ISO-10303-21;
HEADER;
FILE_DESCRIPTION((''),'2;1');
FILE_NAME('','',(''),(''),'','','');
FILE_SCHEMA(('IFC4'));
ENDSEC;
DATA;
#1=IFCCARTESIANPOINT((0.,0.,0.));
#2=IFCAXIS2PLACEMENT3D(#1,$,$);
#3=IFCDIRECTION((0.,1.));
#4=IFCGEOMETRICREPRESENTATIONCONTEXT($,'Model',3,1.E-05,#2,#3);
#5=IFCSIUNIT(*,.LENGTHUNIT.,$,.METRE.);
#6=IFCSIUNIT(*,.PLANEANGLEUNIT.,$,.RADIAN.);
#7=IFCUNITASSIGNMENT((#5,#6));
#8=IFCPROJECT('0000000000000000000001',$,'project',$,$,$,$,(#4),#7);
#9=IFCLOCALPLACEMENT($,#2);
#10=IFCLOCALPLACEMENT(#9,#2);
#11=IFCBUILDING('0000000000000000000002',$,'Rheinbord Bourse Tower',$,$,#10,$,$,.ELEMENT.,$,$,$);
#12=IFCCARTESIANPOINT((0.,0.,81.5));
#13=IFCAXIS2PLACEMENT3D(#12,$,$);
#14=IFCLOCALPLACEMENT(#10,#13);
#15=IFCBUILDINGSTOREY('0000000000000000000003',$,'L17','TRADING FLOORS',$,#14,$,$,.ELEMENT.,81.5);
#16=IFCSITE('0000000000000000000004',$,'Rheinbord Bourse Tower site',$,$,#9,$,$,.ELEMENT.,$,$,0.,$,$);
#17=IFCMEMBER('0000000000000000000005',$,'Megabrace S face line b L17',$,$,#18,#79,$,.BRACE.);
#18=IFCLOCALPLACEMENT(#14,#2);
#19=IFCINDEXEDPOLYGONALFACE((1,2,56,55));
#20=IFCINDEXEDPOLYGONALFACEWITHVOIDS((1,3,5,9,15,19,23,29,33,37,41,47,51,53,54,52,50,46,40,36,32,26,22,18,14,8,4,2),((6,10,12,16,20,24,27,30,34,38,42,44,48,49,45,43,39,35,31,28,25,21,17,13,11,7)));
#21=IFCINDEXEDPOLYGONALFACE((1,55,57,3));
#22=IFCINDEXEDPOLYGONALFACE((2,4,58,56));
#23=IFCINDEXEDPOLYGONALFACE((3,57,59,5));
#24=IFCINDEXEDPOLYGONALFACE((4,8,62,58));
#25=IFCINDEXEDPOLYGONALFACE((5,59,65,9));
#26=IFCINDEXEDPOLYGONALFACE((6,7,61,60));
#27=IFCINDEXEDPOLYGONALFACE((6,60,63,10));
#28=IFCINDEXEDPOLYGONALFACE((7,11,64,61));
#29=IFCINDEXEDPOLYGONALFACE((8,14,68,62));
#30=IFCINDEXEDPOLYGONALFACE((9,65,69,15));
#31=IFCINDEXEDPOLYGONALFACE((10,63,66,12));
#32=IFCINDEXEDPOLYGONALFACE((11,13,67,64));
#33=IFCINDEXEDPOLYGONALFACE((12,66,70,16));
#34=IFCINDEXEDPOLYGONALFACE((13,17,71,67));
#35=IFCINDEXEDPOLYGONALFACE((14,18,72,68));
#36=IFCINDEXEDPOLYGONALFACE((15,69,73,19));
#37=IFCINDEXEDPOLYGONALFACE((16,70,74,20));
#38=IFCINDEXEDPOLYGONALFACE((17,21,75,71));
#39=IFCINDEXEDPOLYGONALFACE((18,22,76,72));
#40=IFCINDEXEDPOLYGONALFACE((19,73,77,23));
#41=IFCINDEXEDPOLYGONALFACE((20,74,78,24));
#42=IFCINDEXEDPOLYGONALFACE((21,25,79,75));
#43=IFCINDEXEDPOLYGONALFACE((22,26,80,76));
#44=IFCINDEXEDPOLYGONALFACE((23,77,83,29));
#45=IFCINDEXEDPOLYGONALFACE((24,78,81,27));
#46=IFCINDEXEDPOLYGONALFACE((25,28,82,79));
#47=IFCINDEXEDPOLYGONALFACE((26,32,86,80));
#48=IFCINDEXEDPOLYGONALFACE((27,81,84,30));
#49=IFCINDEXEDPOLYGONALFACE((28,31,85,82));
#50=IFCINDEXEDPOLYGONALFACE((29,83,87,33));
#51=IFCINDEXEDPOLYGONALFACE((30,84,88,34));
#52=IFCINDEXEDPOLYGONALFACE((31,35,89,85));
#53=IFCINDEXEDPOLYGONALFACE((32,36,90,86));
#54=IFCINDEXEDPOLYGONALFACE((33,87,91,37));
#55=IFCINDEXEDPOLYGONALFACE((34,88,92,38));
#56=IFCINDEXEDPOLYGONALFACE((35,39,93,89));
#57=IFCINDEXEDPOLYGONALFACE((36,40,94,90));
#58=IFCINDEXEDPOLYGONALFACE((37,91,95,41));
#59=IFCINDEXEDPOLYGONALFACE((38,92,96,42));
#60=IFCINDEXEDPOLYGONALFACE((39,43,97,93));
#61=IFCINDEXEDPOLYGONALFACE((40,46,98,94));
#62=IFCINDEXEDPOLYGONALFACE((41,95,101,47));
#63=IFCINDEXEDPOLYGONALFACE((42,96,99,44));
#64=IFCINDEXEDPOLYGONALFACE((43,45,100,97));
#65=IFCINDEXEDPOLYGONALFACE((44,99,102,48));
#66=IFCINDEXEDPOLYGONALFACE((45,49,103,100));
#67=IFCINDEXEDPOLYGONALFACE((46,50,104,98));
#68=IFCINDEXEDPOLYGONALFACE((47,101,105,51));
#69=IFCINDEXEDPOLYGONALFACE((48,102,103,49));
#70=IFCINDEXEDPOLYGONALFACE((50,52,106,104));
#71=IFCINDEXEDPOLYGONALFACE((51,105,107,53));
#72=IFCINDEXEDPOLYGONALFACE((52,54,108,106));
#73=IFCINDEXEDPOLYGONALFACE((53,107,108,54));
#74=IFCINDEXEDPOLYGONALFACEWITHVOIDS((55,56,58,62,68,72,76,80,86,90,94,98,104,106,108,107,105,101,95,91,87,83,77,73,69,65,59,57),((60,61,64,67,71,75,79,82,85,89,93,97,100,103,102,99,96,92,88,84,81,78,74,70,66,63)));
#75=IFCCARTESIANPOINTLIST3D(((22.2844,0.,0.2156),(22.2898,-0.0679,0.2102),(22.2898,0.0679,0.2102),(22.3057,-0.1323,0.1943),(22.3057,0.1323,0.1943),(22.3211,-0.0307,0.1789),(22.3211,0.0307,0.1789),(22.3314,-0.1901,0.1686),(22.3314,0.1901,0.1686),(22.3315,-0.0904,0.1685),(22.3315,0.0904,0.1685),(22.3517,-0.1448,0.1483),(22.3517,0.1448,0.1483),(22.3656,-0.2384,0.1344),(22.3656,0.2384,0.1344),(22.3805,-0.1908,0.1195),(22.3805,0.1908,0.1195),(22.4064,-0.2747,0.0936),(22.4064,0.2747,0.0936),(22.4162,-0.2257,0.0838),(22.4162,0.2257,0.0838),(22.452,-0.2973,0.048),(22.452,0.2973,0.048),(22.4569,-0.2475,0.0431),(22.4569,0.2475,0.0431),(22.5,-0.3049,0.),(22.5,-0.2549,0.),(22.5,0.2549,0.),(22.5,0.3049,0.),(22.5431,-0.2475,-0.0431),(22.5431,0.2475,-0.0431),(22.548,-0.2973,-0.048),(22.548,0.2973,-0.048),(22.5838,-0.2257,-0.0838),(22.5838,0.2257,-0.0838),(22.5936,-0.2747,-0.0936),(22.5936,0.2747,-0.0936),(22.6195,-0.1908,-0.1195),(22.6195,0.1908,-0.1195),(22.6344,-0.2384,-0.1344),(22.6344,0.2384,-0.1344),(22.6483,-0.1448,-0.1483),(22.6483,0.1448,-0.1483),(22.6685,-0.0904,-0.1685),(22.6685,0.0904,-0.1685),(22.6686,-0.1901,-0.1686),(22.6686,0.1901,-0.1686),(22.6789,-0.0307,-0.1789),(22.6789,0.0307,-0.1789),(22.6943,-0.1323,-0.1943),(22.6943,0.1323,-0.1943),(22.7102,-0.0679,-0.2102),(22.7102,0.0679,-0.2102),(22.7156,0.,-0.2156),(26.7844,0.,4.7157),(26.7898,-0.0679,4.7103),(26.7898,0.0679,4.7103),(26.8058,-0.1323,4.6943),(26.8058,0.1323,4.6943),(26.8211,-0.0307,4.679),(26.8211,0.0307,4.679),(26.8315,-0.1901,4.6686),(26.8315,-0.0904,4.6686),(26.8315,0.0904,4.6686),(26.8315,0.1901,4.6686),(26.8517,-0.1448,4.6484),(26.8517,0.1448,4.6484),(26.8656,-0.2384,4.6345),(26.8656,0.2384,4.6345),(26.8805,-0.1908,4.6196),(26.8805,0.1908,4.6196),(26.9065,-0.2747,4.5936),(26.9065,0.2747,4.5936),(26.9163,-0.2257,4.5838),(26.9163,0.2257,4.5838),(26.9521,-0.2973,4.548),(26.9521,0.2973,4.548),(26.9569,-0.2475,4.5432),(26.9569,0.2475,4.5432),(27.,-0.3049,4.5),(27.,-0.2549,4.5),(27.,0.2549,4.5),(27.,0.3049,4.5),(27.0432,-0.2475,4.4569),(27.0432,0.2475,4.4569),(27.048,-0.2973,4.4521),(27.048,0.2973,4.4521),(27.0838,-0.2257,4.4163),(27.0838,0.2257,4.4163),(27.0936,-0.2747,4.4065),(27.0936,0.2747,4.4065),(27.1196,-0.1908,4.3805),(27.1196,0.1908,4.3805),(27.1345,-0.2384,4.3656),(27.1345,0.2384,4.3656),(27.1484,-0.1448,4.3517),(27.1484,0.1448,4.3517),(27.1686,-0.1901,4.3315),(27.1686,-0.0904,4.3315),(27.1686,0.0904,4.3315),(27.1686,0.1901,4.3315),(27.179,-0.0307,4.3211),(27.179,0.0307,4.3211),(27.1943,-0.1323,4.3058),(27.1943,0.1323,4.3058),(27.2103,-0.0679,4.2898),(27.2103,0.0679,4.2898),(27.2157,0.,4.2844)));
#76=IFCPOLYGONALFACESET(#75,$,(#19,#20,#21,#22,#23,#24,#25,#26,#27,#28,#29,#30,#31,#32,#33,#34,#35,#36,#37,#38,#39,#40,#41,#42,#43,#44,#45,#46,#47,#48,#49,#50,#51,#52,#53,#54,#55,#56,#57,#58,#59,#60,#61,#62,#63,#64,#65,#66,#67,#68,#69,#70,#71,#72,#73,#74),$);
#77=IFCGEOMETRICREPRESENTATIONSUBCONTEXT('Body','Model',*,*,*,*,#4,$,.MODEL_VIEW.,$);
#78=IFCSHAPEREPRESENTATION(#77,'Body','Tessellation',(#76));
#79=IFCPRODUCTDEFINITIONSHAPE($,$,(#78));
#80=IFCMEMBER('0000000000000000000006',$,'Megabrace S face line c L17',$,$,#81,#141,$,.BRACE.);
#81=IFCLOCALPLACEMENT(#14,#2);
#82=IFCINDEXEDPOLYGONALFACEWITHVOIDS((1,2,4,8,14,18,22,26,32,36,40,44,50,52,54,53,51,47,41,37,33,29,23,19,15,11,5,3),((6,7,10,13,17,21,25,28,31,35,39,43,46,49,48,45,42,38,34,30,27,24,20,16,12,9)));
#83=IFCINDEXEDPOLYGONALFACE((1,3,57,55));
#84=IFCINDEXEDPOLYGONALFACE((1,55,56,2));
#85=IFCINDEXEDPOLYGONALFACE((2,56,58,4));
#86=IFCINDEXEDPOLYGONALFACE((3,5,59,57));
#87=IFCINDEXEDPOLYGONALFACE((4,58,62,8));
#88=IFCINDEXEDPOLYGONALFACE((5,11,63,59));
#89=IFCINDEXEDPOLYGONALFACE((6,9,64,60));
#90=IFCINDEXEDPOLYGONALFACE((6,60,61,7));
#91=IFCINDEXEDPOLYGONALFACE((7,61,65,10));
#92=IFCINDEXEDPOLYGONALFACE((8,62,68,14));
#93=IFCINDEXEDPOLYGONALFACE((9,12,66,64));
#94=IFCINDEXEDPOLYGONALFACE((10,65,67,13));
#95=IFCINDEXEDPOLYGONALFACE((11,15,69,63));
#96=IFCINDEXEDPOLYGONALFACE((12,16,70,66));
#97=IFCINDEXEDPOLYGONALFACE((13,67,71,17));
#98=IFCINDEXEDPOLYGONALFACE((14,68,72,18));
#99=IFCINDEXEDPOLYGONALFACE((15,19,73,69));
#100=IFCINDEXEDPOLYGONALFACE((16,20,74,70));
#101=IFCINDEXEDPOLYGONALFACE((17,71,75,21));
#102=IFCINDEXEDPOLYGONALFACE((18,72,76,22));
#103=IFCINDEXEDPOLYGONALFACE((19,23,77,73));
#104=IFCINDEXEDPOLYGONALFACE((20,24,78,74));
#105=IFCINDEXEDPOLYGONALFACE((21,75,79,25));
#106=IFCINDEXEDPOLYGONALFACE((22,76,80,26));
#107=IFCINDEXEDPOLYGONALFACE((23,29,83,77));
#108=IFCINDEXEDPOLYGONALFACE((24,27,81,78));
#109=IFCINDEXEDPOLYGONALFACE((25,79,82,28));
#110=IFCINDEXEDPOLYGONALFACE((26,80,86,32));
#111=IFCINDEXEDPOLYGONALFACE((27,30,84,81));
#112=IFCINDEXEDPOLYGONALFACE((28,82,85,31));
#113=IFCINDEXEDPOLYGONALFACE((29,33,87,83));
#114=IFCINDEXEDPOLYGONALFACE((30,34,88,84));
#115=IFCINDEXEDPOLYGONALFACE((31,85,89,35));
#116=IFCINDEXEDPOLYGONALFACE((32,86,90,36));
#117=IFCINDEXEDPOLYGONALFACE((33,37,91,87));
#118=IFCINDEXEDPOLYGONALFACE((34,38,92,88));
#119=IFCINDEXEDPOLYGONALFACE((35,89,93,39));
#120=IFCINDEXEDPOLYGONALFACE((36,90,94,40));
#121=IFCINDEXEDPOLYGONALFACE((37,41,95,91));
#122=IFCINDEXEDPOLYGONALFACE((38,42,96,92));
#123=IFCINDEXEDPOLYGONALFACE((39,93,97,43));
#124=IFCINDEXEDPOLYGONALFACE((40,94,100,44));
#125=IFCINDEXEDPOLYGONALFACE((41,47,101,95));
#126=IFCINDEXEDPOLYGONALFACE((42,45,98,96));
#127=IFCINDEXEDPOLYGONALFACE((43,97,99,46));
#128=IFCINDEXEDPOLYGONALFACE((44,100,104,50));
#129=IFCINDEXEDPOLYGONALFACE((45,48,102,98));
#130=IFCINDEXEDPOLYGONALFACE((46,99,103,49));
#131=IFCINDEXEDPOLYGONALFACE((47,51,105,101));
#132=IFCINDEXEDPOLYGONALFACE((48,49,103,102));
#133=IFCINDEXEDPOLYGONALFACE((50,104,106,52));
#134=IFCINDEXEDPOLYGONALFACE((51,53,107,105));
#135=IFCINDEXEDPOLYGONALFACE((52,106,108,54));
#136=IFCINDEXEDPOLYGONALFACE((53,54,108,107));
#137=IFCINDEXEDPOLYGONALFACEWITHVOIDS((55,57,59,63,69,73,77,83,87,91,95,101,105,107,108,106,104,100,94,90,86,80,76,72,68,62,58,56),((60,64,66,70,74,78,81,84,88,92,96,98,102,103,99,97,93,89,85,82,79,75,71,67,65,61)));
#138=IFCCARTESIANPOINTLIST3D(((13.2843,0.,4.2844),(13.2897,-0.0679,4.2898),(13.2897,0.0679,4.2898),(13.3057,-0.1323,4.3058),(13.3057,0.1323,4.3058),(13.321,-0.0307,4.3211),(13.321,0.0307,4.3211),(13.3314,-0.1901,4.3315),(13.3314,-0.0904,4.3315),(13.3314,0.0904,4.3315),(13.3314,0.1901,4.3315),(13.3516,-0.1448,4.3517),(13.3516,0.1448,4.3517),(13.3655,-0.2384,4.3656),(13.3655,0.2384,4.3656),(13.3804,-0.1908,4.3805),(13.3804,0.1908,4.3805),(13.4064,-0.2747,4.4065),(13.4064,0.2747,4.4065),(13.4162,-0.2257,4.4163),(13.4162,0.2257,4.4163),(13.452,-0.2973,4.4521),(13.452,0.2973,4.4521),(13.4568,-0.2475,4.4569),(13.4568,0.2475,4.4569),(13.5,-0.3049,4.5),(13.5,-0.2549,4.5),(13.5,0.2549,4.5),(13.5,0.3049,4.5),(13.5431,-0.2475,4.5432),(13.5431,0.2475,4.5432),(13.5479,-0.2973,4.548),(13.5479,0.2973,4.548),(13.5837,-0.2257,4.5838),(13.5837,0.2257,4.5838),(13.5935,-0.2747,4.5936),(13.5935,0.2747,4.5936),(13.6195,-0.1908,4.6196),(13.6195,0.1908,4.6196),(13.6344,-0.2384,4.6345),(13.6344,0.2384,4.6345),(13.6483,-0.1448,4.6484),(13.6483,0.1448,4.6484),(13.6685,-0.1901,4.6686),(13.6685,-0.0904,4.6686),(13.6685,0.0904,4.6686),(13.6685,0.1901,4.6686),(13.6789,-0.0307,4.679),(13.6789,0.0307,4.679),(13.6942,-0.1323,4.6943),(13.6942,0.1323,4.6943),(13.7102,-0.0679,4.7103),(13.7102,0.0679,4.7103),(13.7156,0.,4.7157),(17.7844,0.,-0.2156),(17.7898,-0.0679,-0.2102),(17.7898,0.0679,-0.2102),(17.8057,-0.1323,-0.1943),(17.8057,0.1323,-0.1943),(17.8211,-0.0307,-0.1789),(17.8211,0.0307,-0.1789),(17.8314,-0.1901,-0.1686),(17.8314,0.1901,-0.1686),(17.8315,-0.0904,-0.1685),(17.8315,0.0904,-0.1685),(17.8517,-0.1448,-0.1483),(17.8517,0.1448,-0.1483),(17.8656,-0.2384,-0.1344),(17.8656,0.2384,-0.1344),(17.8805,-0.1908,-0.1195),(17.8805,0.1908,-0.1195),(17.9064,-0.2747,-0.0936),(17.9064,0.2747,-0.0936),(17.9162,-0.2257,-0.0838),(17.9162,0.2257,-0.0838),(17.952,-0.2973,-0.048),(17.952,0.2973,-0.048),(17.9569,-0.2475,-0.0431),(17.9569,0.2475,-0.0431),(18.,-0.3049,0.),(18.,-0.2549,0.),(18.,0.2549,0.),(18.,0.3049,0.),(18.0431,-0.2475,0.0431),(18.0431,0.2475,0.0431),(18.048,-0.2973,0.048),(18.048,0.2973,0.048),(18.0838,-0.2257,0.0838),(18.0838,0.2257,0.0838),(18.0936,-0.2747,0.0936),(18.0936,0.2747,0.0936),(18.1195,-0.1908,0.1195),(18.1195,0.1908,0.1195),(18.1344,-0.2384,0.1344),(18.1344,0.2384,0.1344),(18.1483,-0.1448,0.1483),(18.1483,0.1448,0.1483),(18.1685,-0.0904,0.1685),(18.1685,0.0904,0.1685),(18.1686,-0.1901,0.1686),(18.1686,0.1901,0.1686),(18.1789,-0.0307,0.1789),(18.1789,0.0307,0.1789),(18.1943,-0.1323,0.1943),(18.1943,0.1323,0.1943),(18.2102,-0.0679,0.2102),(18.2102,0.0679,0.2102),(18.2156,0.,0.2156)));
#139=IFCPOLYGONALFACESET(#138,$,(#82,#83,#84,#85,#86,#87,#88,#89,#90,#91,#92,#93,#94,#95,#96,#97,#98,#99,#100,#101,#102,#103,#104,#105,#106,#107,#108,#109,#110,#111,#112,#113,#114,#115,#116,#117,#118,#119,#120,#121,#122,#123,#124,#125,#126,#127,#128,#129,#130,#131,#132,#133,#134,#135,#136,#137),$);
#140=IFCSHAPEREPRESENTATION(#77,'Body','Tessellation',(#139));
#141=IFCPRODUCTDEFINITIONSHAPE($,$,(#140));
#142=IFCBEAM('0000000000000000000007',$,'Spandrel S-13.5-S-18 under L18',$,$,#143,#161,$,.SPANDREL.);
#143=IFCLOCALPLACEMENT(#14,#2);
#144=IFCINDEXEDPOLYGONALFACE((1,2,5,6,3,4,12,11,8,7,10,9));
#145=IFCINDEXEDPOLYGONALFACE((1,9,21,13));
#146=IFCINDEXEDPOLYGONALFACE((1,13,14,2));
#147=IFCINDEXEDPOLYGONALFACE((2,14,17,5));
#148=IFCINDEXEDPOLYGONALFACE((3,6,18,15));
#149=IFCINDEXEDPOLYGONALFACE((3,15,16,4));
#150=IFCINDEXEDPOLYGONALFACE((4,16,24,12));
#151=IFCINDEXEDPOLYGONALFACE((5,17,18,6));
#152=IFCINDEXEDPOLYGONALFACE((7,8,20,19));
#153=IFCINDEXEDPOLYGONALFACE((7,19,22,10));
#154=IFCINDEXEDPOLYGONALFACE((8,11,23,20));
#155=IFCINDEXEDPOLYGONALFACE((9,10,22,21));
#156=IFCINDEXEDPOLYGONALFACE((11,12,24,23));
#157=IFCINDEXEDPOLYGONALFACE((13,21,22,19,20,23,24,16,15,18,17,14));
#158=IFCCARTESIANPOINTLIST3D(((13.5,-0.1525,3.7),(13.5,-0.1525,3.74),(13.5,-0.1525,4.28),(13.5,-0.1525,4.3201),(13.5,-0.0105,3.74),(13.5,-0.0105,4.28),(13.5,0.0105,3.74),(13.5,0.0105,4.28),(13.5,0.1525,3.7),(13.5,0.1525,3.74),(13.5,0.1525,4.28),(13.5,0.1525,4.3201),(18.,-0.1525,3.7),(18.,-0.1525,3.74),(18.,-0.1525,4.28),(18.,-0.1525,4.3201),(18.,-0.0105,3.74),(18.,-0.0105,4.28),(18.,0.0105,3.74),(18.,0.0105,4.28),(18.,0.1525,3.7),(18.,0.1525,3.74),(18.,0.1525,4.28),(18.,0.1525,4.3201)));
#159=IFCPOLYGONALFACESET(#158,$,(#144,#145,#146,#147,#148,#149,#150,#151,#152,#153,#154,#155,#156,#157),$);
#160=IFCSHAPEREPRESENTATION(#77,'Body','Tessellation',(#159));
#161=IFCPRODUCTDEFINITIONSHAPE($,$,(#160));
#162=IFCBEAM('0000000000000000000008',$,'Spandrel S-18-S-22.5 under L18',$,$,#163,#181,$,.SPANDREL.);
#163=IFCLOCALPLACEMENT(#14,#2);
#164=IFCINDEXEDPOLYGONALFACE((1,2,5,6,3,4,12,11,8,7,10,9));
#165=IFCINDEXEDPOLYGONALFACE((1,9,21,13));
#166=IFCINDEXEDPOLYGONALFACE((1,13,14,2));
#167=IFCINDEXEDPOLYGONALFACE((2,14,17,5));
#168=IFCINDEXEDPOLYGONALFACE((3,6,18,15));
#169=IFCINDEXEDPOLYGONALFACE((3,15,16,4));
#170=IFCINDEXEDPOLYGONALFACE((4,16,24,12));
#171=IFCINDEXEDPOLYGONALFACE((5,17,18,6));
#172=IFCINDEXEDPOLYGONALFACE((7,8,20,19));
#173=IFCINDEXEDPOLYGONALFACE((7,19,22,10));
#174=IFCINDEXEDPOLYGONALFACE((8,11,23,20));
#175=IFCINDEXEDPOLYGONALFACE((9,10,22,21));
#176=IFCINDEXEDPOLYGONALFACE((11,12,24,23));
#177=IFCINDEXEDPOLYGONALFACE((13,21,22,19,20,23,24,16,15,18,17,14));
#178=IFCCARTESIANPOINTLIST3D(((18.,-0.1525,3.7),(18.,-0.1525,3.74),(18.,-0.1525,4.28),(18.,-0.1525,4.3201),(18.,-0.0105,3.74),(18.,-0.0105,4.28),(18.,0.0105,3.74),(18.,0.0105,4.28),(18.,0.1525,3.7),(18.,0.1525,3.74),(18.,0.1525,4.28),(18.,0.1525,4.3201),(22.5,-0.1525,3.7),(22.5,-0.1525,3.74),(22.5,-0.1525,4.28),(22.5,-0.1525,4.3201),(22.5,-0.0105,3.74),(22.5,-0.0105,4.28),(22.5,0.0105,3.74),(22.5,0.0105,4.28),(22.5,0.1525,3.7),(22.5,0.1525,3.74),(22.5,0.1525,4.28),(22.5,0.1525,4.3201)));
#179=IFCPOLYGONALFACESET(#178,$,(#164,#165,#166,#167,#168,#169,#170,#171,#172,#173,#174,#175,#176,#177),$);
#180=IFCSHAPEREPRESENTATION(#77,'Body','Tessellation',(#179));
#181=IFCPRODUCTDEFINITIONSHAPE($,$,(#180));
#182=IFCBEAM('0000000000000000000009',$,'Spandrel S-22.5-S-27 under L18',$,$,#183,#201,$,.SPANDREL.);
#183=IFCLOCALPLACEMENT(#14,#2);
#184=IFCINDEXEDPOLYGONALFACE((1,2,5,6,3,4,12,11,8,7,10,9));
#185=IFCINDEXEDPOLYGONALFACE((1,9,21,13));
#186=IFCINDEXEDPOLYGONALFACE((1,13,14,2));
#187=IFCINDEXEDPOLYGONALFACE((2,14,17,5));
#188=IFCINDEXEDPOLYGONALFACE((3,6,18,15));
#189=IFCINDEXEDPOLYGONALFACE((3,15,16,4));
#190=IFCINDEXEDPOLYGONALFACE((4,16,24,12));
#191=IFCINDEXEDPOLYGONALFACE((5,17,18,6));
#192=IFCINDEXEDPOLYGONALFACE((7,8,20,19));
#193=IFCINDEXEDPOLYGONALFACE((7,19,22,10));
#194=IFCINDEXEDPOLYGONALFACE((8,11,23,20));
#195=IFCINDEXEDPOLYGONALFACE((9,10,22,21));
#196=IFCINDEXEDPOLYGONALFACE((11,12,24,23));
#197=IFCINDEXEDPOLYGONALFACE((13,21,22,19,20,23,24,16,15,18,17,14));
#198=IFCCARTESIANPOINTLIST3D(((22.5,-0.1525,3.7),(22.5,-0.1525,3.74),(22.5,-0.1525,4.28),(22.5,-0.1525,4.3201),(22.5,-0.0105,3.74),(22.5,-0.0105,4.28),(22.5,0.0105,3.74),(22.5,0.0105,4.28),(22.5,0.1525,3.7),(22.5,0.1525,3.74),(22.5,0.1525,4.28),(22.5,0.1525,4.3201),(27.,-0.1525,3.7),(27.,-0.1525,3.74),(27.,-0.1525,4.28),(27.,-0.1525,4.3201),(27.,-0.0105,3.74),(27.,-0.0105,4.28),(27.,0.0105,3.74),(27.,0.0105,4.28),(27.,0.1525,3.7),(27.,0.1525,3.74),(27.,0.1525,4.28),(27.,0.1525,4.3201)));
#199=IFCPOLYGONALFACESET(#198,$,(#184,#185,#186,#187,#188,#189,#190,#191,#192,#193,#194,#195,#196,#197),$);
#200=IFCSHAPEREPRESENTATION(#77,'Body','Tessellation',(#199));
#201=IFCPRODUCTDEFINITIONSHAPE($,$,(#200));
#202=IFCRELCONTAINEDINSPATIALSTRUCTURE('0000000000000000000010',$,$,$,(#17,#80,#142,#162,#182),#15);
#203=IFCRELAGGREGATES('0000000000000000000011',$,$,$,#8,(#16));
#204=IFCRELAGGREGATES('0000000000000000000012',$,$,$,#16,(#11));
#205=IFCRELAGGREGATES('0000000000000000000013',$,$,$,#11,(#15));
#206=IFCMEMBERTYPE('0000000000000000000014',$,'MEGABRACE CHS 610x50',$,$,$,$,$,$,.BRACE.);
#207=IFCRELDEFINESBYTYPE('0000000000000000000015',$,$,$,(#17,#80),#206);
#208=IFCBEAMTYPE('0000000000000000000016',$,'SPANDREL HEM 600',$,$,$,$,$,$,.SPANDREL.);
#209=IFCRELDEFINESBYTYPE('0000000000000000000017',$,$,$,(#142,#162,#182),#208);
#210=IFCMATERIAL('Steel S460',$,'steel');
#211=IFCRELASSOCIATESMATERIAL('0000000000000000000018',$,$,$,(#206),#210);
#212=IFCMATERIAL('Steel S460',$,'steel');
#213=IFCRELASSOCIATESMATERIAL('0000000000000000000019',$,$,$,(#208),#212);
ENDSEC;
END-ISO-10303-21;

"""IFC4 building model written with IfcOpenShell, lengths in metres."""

from ifc_helpers import new_model, si_unit, direction, frame, origin, origin_2d, place, context, subcontext, project, spatial, hollow_circle, i_section, extrude, material, material_profile, profile_set, type_object, element, save


model = new_model("IFC4")

# Units and contexts
model_context = context("Model", 3, precision=1e-05, world=origin(), true_north=direction((0.0, 1.0)))
body_context = subcontext(model_context, "Body", "Model", "MODEL_VIEW")
ifc_project = project(units=[si_unit("LENGTHUNIT", "METRE"), si_unit("PLANEANGLEUNIT", "RADIAN")], contexts=[model_context])

# Site, building, storey
site_placement = place(None, origin())
site = spatial("IfcSite", under=ifc_project, at=site_placement, Name="Rheinbord Bourse Tower site", CompositionType="ELEMENT", RefElevation=0.0)
building_placement = place(site_placement, origin())
building = spatial("IfcBuilding", under=site, at=building_placement, Name="Rheinbord Bourse Tower", CompositionType="ELEMENT")
storey_placement = place(building_placement, frame((0.0, 0.0, 81.5)))
storey = spatial("IfcBuildingStorey", under=building, at=storey_placement, Name="L17", Description="TRADING FLOORS", CompositionType="ELEMENT", Elevation=81.5)

# Members
ifc_material_1 = material(Name="Steel S460", Category="steel")
ifc_material_profile_1 = material_profile(ifc_material_1, hollow_circle(Radius=0.3049, WallThickness=0.05, at=origin_2d()), Name="CHS 610x50")
ifc_profile_set_1 = profile_set([ifc_material_profile_1], Name="Steel S460")
member_type_1 = type_object("IfcMemberType", Name="MEGABRACE CHS 610x50", PredefinedType="BRACE", material=ifc_profile_set_1)
for number, where, z_axis, x_axis, name in (
    (1, (22.5, 0.0, 0.0), (0.707107, 0.0, 0.707107), (0.0, 1.0, 0.0), "Megabrace S face line b L17"),
    (2, (18.0, 0.0, 0.0), (-0.707107, 0.0, 0.707107), (0.0, -1.0, 0.0), "Megabrace S face line c L17"),
):
    element("IfcMember", number, at=place(storey_placement, frame(where, z_axis=z_axis, x_axis=x_axis)), inside=storey, type_object=member_type_1, Name=name, PredefinedType="BRACE", context=body_context, shape_type="SweptSolid", body=[
        extrude(hollow_circle(Radius=0.3049, WallThickness=0.05, at=origin_2d()), origin(), (0.0, 0.0, 1.0), 6.364),
    ])

# Beams
ifc_material_2 = material(Name="Steel S460", Category="steel")
ifc_material_profile_2 = material_profile(ifc_material_2, i_section(OverallWidth=0.3049, OverallDepth=0.6201, WebThickness=0.021, FlangeThickness=0.04, at=origin_2d()), Name="HEM 600")
ifc_profile_set_2 = profile_set([ifc_material_profile_2], Name="Steel S460")
beam_type_1 = type_object("IfcBeamType", Name="SPANDREL HEM 600", PredefinedType="SPANDREL", material=ifc_profile_set_2)
for number, where, z_axis, x_axis, name in (
    (3, (13.5, 0.0, 4.01), (1.0, 0.0, 0.0), (0.0, 1.0, 0.0), "Spandrel S-13.5-S-18 under L18"),
    (4, (18.0, 0.0, 4.01), (1.0, 0.0, 0.0), (0.0, 1.0, 0.0), "Spandrel S-18-S-22.5 under L18"),
    (5, (22.5, 0.0, 4.01), (1.0, 0.0, 0.0), (0.0, 1.0, 0.0), "Spandrel S-22.5-S-27 under L18"),
):
    element("IfcBeam", number, at=place(storey_placement, frame(where, z_axis=z_axis, x_axis=x_axis)), inside=storey, type_object=beam_type_1, Name=name, PredefinedType="SPANDREL", context=body_context, shape_type="SweptSolid", body=[
        extrude(i_section(OverallWidth=0.3049, OverallDepth=0.6201, WebThickness=0.021, FlangeThickness=0.04, at=origin_2d()), origin(), (0.0, 0.0, 1.0), 4.5),
    ])

save(model, "model.ifc")
